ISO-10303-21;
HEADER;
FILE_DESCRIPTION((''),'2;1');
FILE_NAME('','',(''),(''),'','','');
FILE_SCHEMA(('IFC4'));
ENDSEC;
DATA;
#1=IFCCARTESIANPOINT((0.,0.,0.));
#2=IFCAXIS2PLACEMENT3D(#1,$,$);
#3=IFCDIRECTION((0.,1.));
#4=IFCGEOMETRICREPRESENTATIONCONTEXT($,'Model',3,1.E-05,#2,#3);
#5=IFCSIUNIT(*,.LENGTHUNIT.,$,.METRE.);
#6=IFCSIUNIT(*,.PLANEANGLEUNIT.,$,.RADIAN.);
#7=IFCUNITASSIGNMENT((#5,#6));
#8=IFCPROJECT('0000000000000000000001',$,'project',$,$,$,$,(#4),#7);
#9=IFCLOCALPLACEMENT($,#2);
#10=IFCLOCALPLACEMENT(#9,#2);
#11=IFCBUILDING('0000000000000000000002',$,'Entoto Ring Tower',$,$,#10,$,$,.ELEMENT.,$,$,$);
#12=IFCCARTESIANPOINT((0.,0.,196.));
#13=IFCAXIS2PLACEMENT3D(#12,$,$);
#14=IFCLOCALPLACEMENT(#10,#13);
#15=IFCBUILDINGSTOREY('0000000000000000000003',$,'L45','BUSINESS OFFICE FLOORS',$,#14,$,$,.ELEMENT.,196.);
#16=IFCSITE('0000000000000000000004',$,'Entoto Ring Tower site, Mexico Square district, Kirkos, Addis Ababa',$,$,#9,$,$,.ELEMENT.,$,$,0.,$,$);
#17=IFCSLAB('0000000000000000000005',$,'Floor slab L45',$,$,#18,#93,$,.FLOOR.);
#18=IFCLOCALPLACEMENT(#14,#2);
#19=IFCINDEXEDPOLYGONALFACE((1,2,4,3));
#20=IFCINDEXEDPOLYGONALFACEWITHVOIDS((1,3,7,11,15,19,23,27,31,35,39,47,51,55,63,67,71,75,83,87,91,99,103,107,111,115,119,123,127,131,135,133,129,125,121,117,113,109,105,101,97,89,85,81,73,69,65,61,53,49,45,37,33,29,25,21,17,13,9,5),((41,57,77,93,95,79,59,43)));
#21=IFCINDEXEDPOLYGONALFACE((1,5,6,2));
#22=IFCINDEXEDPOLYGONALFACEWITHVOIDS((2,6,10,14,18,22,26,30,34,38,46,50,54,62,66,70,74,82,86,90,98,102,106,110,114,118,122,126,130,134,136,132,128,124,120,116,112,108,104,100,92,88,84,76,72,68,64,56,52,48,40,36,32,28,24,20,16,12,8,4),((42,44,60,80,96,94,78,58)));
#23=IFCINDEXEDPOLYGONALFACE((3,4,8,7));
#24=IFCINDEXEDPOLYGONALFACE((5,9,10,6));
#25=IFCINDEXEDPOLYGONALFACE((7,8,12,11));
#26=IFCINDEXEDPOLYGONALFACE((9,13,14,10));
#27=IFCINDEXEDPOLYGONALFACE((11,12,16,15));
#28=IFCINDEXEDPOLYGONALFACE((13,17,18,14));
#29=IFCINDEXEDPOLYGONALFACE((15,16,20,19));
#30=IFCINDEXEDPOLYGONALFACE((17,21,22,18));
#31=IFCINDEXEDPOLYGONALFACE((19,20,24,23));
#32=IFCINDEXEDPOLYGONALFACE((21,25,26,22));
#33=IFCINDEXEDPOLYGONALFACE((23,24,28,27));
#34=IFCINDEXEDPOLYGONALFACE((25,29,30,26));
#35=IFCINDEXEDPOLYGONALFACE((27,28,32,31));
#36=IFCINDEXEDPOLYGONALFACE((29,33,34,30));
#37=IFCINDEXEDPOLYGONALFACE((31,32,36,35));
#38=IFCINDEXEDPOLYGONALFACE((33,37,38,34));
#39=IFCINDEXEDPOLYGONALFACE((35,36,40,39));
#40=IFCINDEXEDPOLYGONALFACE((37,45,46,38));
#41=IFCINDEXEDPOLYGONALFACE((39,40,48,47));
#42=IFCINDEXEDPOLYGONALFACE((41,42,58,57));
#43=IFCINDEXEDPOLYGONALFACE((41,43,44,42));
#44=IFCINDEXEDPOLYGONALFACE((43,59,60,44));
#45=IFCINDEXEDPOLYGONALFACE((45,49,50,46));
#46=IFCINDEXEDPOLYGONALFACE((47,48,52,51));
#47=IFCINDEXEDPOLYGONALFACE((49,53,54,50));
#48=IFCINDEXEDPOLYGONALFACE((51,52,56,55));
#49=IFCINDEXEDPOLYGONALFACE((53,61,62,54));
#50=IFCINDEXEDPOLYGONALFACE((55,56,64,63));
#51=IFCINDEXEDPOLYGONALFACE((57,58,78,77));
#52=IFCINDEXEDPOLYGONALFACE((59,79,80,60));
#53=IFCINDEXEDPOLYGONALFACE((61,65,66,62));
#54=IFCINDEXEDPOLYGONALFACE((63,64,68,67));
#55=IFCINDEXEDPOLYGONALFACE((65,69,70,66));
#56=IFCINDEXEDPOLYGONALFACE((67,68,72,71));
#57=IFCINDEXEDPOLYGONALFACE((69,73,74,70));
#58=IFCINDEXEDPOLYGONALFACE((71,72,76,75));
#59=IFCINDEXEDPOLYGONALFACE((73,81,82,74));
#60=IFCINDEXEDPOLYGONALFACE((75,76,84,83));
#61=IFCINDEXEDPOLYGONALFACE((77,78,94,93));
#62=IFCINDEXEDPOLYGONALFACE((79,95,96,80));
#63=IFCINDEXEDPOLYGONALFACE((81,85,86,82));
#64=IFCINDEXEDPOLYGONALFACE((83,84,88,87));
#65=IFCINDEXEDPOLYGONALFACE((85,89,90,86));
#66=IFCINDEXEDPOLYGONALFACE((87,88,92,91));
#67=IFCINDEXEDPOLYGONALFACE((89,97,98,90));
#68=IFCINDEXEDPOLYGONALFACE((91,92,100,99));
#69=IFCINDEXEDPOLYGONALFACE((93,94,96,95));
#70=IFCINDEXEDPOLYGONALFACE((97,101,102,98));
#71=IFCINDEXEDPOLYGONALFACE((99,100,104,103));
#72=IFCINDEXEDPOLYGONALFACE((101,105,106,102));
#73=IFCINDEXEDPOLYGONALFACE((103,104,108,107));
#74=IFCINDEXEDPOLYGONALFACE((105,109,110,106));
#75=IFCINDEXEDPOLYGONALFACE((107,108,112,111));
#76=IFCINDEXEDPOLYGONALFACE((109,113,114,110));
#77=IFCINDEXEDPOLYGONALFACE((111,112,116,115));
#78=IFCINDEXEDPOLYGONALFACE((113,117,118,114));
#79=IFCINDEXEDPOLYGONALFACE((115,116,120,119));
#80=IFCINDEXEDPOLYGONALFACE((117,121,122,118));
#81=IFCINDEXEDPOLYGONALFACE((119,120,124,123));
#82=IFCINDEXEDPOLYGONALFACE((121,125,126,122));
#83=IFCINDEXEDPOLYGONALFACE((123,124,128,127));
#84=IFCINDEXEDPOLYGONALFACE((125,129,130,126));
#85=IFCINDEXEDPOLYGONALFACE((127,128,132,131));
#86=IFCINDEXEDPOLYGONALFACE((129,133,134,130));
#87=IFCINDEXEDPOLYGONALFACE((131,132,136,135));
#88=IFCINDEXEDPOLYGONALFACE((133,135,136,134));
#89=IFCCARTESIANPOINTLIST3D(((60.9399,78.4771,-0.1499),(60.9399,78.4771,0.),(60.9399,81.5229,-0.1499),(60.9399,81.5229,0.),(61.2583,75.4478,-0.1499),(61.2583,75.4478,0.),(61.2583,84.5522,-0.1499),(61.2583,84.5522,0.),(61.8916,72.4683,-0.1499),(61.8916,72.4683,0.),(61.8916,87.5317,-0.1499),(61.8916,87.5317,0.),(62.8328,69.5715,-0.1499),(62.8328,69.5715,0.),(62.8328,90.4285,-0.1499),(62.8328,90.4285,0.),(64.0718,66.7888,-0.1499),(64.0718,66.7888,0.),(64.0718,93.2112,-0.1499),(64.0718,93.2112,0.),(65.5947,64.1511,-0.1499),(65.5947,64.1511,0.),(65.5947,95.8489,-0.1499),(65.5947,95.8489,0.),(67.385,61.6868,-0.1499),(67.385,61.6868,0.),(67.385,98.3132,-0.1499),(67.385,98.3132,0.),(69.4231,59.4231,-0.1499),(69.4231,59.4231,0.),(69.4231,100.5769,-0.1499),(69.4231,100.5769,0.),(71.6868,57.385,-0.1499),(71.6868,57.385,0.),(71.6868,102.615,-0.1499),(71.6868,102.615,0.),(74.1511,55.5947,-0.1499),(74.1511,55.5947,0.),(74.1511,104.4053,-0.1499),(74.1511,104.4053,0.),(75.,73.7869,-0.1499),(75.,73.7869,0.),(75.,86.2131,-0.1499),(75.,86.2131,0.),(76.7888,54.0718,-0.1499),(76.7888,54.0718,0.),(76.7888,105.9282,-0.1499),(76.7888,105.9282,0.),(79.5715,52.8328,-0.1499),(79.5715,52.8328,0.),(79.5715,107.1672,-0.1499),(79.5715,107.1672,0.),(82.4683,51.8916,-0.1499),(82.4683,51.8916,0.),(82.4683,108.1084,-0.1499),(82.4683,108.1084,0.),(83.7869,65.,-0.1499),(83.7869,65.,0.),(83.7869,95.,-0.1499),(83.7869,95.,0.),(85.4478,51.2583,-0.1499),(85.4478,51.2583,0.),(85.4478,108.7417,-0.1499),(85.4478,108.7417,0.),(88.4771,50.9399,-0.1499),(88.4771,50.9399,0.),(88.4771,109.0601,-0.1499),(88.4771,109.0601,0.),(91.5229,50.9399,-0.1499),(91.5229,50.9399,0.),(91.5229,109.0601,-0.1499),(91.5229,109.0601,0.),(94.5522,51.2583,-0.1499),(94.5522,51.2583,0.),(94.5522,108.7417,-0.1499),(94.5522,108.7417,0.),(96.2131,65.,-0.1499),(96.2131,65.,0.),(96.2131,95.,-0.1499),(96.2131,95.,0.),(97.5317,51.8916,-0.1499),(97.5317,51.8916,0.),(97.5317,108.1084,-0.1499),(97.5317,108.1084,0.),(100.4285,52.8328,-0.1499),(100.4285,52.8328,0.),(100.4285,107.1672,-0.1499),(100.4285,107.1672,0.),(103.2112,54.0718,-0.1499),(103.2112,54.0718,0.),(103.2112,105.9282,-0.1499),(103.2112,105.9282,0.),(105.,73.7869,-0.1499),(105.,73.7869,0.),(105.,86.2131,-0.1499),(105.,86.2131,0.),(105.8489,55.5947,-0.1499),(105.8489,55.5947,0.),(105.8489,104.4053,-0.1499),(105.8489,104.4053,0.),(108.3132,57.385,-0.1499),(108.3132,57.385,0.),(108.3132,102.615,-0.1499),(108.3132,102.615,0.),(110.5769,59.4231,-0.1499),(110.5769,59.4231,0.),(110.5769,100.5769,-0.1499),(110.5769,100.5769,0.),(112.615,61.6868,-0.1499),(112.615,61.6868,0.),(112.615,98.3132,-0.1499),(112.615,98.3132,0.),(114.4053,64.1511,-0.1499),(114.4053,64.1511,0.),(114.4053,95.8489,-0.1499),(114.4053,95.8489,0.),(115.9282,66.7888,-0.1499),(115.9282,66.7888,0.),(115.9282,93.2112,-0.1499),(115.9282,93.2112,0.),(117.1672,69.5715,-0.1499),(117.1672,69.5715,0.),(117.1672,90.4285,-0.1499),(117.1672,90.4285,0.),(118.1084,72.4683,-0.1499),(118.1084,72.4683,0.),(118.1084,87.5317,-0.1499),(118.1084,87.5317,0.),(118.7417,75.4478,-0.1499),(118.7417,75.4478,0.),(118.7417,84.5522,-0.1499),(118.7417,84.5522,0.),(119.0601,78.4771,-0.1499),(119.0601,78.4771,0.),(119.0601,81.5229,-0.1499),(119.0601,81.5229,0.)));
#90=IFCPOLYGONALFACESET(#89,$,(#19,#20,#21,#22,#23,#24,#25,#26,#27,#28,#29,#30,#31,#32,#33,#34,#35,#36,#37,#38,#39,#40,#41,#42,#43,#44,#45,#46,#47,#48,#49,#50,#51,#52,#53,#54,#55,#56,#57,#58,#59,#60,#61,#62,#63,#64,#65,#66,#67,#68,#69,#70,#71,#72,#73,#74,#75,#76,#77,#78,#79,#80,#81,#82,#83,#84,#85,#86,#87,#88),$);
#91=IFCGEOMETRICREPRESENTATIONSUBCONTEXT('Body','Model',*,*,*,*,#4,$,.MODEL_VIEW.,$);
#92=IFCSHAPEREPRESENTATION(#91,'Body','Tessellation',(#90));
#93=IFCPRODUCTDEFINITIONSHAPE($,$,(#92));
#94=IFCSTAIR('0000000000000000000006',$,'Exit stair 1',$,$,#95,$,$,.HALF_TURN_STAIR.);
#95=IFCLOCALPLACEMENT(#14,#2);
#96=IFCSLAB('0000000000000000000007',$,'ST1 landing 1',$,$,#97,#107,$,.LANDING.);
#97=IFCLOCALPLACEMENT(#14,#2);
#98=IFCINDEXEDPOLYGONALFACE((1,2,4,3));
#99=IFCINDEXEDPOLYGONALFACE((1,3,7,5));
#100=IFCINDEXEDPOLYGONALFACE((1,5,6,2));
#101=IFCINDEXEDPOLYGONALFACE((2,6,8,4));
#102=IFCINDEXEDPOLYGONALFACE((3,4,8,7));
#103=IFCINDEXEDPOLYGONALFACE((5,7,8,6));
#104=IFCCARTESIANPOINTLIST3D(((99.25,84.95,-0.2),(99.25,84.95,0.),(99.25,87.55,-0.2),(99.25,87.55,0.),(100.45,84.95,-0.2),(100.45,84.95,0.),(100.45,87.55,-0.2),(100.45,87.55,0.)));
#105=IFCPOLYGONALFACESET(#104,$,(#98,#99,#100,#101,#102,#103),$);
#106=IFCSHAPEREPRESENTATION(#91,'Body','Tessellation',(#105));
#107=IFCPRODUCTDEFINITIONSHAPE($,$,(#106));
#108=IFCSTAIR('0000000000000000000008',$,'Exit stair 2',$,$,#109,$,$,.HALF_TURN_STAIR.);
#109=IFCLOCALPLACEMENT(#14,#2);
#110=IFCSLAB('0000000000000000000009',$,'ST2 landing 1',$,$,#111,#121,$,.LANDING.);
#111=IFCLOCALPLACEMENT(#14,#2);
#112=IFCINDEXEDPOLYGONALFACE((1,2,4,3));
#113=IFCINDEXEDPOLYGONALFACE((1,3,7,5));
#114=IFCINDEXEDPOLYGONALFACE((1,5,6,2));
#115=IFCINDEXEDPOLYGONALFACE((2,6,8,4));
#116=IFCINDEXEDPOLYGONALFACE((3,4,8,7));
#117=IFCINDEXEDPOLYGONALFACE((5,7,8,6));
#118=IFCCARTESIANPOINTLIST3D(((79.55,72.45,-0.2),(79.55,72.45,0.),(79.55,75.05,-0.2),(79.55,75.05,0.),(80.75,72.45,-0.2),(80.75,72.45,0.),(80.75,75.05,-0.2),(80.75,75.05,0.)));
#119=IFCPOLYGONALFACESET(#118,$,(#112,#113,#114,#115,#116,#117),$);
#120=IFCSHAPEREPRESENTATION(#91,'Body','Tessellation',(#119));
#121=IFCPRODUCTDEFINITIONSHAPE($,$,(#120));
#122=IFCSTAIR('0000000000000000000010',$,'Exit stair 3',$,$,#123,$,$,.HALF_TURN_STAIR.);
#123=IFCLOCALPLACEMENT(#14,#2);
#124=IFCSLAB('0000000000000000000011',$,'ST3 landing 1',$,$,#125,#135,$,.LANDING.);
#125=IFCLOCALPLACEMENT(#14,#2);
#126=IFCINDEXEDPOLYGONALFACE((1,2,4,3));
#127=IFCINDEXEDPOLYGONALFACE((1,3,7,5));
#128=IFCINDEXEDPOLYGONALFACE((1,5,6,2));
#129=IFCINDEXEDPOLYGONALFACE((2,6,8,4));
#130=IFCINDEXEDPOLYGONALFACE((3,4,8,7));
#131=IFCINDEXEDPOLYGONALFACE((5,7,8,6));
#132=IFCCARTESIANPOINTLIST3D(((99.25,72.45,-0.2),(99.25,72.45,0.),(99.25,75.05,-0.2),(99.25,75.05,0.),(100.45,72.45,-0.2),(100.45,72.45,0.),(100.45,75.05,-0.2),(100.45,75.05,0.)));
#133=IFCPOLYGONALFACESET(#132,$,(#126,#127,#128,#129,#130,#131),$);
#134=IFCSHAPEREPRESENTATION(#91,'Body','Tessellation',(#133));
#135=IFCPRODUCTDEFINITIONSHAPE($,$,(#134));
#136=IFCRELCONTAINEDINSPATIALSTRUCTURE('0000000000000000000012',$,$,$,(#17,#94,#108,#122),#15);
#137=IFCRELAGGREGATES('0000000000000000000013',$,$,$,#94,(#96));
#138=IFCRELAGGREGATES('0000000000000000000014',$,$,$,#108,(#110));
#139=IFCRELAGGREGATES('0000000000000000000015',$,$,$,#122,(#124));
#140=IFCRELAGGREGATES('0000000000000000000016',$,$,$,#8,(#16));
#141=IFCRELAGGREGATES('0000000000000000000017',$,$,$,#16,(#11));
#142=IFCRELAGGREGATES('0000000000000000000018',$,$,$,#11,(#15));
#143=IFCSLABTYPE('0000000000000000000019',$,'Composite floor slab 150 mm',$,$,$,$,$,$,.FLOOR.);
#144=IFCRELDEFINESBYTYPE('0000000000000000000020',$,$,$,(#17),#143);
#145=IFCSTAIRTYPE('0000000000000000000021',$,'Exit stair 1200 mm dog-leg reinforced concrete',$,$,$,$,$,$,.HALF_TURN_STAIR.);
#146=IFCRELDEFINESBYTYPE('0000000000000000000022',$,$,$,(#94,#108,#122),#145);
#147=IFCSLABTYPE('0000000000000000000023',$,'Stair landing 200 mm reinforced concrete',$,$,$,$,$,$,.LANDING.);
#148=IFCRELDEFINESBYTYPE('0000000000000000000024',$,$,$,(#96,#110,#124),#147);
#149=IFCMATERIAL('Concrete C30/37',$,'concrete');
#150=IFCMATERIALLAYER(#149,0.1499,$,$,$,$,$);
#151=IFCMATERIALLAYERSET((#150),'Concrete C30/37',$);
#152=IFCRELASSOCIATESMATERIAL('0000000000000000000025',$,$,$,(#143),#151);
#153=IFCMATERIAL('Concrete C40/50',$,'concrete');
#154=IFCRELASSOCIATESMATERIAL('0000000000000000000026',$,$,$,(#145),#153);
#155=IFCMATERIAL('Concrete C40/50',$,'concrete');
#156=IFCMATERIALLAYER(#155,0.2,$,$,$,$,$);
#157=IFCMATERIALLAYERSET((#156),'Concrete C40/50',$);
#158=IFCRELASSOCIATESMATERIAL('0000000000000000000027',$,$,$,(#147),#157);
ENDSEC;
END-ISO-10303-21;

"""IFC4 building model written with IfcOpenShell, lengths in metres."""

from ifc_helpers import new_model, si_unit, direction, frame, origin, place, context, subcontext, project, spatial, polyline, outline, extrude, material, layer, layer_set, type_object, element, aggregate, save


model = new_model("IFC4")

# Units and contexts
model_context = context("Model", 3, precision=1e-05, world=origin(), true_north=direction((0.0, 1.0)))
body_context = subcontext(model_context, "Body", "Model", "MODEL_VIEW")
ifc_project = project(units=[si_unit("LENGTHUNIT", "METRE"), si_unit("PLANEANGLEUNIT", "RADIAN")], contexts=[model_context])

# Site, building, storey
site_placement = place(None, origin())
building_placement = place(site_placement, origin())
storey_placement = place(building_placement, frame((0.0, 0.0, 196.0)))
site = spatial("IfcSite", under=ifc_project, at=site_placement, Name="Entoto Ring Tower site, Mexico Square district, Kirkos, Addis Ababa", CompositionType="ELEMENT", RefElevation=0.0)
building = spatial("IfcBuilding", under=site, at=building_placement, Name="Entoto Ring Tower", CompositionType="ELEMENT")
storey = spatial("IfcBuildingStorey", under=building, at=storey_placement, Name="L45", Description="BUSINESS OFFICE FLOORS", CompositionType="ELEMENT", Elevation=196.0)

# Slab
ifc_material_1 = material(Name="Concrete C30/37", Category="concrete")
ifc_layer_1 = layer(ifc_material_1, 0.1499)
ifc_layer_set_1 = layer_set([ifc_layer_1], Name="Concrete C30/37")
slab_type_1 = type_object("IfcSlabType", Name="Composite floor slab 150 mm", PredefinedType="FLOOR", material=ifc_layer_set_1)
slab_1_placement = place(storey_placement, frame((0.0, 0.0, -0.1499)))
element("IfcSlab", 1, at=slab_1_placement, inside=storey, type_object=slab_type_1, Name="Floor slab L45", PredefinedType="FLOOR", context=body_context, shape_type="SweptSolid", body=[
    extrude(outline(polyline([(118.7417, 84.5522), (118.1084, 87.5317), (117.1672, 90.4285), (115.9282, 93.2112), (114.4053, 95.8489), (112.615, 98.3132), (110.5769, 100.5769), (108.3132, 102.615), (105.8489, 104.4053), (103.2112, 105.9282), (100.4285, 107.1672), (97.5317, 108.1084), (94.5522, 108.7417), (91.5229, 109.0601), (88.4771, 109.0601), (85.4478, 108.7417), (82.4683, 108.1084), (79.5715, 107.1672), (76.7888, 105.9282), (74.1511, 104.4053), (71.6868, 102.615), (69.4231, 100.5769), (67.385, 98.3132), (65.5947, 95.8489), (64.0718, 93.2112), (62.8328, 90.4285), (61.8916, 87.5317), (61.2583, 84.5522), (60.9399, 81.5229), (60.9399, 78.4771), (61.2583, 75.4478), (61.8916, 72.4683), (62.8328, 69.5715), (64.0718, 66.7888), (65.5947, 64.1511), (67.385, 61.6868), (69.4231, 59.4231), (71.6868, 57.385), (74.1511, 55.5947), (76.7888, 54.0718), (79.5715, 52.8328), (82.4683, 51.8916), (85.4478, 51.2583), (88.4771, 50.9399), (91.5229, 50.9399), (94.5522, 51.2583), (97.5317, 51.8916), (100.4285, 52.8328), (103.2112, 54.0718), (105.8489, 55.5947), (108.3132, 57.385), (110.5769, 59.4231), (112.615, 61.6868), (114.4053, 64.1511), (115.9282, 66.7888), (117.1672, 69.5715), (118.1084, 72.4683), (118.7417, 75.4478), (119.0601, 78.4771), (119.0601, 81.5229), (118.7417, 84.5522)]), holes=[polyline([(105.0, 73.7869), (105.0, 86.2131), (96.2131, 95.0), (83.7869, 95.0), (75.0, 86.2131), (75.0, 73.7869), (83.7869, 65.0), (96.2131, 65.0), (105.0, 73.7869)])]), origin(), (0.0, 0.0, 1.0), 0.1499),
])

# Stairs, slabs
ifc_material_2 = material(Name="Concrete C40/50", Category="concrete")
stair_type = type_object("IfcStairType", Name="Exit stair 1200 mm dog-leg reinforced concrete", PredefinedType="HALF_TURN_STAIR", material=ifc_material_2)
stair_1_placement = place(storey_placement, origin())
stair_1 = element("IfcStair", 2, at=stair_1_placement, inside=storey, type_object=stair_type, Name="Exit stair 1", PredefinedType="HALF_TURN_STAIR")
ifc_material_3 = material(Name="Concrete C40/50", Category="concrete")
ifc_layer_2 = layer(ifc_material_3, 0.2)
ifc_layer_set_2 = layer_set([ifc_layer_2], Name="Concrete C40/50")
slab_type_2 = type_object("IfcSlabType", Name="Stair landing 200 mm reinforced concrete", PredefinedType="LANDING", material=ifc_layer_set_2)
slab_2_placement = place(storey_placement, frame((0.0, 0.0, -0.2)))
slab_2 = element("IfcSlab", 3, at=slab_2_placement, type_object=slab_type_2, Name="ST1 landing 1", PredefinedType="LANDING", context=body_context, shape_type="SweptSolid", body=[
    extrude(outline(polyline([(100.45, 84.95), (100.45, 87.55), (99.25, 87.55), (99.25, 84.95), (100.45, 84.95)])), origin(), (0.0, 0.0, 1.0), 0.2),
])
aggregate(stair_1, [slab_2])
stair_2_placement = place(storey_placement, origin())
stair_2 = element("IfcStair", 4, at=stair_2_placement, inside=storey, type_object=stair_type, Name="Exit stair 2", PredefinedType="HALF_TURN_STAIR")
slab_3_placement = place(storey_placement, frame((0.0, 0.0, -0.2)))
slab_3 = element("IfcSlab", 5, at=slab_3_placement, type_object=slab_type_2, Name="ST2 landing 1", PredefinedType="LANDING", context=body_context, shape_type="SweptSolid", body=[
    extrude(outline(polyline([(80.75, 72.45), (80.75, 75.05), (79.55, 75.05), (79.55, 72.45), (80.75, 72.45)])), origin(), (0.0, 0.0, 1.0), 0.2),
])
aggregate(stair_2, [slab_3])
stair_3_placement = place(storey_placement, origin())
stair_3 = element("IfcStair", 6, at=stair_3_placement, inside=storey, type_object=stair_type, Name="Exit stair 3", PredefinedType="HALF_TURN_STAIR")
slab_4_placement = place(storey_placement, frame((0.0, 0.0, -0.2)))
slab_4 = element("IfcSlab", 7, at=slab_4_placement, type_object=slab_type_2, Name="ST3 landing 1", PredefinedType="LANDING", context=body_context, shape_type="SweptSolid", body=[
    extrude(outline(polyline([(100.45, 72.45), (100.45, 75.05), (99.25, 75.05), (99.25, 72.45), (100.45, 72.45)])), origin(), (0.0, 0.0, 1.0), 0.2),
])
aggregate(stair_3, [slab_4])

save(model, "model.ifc")
